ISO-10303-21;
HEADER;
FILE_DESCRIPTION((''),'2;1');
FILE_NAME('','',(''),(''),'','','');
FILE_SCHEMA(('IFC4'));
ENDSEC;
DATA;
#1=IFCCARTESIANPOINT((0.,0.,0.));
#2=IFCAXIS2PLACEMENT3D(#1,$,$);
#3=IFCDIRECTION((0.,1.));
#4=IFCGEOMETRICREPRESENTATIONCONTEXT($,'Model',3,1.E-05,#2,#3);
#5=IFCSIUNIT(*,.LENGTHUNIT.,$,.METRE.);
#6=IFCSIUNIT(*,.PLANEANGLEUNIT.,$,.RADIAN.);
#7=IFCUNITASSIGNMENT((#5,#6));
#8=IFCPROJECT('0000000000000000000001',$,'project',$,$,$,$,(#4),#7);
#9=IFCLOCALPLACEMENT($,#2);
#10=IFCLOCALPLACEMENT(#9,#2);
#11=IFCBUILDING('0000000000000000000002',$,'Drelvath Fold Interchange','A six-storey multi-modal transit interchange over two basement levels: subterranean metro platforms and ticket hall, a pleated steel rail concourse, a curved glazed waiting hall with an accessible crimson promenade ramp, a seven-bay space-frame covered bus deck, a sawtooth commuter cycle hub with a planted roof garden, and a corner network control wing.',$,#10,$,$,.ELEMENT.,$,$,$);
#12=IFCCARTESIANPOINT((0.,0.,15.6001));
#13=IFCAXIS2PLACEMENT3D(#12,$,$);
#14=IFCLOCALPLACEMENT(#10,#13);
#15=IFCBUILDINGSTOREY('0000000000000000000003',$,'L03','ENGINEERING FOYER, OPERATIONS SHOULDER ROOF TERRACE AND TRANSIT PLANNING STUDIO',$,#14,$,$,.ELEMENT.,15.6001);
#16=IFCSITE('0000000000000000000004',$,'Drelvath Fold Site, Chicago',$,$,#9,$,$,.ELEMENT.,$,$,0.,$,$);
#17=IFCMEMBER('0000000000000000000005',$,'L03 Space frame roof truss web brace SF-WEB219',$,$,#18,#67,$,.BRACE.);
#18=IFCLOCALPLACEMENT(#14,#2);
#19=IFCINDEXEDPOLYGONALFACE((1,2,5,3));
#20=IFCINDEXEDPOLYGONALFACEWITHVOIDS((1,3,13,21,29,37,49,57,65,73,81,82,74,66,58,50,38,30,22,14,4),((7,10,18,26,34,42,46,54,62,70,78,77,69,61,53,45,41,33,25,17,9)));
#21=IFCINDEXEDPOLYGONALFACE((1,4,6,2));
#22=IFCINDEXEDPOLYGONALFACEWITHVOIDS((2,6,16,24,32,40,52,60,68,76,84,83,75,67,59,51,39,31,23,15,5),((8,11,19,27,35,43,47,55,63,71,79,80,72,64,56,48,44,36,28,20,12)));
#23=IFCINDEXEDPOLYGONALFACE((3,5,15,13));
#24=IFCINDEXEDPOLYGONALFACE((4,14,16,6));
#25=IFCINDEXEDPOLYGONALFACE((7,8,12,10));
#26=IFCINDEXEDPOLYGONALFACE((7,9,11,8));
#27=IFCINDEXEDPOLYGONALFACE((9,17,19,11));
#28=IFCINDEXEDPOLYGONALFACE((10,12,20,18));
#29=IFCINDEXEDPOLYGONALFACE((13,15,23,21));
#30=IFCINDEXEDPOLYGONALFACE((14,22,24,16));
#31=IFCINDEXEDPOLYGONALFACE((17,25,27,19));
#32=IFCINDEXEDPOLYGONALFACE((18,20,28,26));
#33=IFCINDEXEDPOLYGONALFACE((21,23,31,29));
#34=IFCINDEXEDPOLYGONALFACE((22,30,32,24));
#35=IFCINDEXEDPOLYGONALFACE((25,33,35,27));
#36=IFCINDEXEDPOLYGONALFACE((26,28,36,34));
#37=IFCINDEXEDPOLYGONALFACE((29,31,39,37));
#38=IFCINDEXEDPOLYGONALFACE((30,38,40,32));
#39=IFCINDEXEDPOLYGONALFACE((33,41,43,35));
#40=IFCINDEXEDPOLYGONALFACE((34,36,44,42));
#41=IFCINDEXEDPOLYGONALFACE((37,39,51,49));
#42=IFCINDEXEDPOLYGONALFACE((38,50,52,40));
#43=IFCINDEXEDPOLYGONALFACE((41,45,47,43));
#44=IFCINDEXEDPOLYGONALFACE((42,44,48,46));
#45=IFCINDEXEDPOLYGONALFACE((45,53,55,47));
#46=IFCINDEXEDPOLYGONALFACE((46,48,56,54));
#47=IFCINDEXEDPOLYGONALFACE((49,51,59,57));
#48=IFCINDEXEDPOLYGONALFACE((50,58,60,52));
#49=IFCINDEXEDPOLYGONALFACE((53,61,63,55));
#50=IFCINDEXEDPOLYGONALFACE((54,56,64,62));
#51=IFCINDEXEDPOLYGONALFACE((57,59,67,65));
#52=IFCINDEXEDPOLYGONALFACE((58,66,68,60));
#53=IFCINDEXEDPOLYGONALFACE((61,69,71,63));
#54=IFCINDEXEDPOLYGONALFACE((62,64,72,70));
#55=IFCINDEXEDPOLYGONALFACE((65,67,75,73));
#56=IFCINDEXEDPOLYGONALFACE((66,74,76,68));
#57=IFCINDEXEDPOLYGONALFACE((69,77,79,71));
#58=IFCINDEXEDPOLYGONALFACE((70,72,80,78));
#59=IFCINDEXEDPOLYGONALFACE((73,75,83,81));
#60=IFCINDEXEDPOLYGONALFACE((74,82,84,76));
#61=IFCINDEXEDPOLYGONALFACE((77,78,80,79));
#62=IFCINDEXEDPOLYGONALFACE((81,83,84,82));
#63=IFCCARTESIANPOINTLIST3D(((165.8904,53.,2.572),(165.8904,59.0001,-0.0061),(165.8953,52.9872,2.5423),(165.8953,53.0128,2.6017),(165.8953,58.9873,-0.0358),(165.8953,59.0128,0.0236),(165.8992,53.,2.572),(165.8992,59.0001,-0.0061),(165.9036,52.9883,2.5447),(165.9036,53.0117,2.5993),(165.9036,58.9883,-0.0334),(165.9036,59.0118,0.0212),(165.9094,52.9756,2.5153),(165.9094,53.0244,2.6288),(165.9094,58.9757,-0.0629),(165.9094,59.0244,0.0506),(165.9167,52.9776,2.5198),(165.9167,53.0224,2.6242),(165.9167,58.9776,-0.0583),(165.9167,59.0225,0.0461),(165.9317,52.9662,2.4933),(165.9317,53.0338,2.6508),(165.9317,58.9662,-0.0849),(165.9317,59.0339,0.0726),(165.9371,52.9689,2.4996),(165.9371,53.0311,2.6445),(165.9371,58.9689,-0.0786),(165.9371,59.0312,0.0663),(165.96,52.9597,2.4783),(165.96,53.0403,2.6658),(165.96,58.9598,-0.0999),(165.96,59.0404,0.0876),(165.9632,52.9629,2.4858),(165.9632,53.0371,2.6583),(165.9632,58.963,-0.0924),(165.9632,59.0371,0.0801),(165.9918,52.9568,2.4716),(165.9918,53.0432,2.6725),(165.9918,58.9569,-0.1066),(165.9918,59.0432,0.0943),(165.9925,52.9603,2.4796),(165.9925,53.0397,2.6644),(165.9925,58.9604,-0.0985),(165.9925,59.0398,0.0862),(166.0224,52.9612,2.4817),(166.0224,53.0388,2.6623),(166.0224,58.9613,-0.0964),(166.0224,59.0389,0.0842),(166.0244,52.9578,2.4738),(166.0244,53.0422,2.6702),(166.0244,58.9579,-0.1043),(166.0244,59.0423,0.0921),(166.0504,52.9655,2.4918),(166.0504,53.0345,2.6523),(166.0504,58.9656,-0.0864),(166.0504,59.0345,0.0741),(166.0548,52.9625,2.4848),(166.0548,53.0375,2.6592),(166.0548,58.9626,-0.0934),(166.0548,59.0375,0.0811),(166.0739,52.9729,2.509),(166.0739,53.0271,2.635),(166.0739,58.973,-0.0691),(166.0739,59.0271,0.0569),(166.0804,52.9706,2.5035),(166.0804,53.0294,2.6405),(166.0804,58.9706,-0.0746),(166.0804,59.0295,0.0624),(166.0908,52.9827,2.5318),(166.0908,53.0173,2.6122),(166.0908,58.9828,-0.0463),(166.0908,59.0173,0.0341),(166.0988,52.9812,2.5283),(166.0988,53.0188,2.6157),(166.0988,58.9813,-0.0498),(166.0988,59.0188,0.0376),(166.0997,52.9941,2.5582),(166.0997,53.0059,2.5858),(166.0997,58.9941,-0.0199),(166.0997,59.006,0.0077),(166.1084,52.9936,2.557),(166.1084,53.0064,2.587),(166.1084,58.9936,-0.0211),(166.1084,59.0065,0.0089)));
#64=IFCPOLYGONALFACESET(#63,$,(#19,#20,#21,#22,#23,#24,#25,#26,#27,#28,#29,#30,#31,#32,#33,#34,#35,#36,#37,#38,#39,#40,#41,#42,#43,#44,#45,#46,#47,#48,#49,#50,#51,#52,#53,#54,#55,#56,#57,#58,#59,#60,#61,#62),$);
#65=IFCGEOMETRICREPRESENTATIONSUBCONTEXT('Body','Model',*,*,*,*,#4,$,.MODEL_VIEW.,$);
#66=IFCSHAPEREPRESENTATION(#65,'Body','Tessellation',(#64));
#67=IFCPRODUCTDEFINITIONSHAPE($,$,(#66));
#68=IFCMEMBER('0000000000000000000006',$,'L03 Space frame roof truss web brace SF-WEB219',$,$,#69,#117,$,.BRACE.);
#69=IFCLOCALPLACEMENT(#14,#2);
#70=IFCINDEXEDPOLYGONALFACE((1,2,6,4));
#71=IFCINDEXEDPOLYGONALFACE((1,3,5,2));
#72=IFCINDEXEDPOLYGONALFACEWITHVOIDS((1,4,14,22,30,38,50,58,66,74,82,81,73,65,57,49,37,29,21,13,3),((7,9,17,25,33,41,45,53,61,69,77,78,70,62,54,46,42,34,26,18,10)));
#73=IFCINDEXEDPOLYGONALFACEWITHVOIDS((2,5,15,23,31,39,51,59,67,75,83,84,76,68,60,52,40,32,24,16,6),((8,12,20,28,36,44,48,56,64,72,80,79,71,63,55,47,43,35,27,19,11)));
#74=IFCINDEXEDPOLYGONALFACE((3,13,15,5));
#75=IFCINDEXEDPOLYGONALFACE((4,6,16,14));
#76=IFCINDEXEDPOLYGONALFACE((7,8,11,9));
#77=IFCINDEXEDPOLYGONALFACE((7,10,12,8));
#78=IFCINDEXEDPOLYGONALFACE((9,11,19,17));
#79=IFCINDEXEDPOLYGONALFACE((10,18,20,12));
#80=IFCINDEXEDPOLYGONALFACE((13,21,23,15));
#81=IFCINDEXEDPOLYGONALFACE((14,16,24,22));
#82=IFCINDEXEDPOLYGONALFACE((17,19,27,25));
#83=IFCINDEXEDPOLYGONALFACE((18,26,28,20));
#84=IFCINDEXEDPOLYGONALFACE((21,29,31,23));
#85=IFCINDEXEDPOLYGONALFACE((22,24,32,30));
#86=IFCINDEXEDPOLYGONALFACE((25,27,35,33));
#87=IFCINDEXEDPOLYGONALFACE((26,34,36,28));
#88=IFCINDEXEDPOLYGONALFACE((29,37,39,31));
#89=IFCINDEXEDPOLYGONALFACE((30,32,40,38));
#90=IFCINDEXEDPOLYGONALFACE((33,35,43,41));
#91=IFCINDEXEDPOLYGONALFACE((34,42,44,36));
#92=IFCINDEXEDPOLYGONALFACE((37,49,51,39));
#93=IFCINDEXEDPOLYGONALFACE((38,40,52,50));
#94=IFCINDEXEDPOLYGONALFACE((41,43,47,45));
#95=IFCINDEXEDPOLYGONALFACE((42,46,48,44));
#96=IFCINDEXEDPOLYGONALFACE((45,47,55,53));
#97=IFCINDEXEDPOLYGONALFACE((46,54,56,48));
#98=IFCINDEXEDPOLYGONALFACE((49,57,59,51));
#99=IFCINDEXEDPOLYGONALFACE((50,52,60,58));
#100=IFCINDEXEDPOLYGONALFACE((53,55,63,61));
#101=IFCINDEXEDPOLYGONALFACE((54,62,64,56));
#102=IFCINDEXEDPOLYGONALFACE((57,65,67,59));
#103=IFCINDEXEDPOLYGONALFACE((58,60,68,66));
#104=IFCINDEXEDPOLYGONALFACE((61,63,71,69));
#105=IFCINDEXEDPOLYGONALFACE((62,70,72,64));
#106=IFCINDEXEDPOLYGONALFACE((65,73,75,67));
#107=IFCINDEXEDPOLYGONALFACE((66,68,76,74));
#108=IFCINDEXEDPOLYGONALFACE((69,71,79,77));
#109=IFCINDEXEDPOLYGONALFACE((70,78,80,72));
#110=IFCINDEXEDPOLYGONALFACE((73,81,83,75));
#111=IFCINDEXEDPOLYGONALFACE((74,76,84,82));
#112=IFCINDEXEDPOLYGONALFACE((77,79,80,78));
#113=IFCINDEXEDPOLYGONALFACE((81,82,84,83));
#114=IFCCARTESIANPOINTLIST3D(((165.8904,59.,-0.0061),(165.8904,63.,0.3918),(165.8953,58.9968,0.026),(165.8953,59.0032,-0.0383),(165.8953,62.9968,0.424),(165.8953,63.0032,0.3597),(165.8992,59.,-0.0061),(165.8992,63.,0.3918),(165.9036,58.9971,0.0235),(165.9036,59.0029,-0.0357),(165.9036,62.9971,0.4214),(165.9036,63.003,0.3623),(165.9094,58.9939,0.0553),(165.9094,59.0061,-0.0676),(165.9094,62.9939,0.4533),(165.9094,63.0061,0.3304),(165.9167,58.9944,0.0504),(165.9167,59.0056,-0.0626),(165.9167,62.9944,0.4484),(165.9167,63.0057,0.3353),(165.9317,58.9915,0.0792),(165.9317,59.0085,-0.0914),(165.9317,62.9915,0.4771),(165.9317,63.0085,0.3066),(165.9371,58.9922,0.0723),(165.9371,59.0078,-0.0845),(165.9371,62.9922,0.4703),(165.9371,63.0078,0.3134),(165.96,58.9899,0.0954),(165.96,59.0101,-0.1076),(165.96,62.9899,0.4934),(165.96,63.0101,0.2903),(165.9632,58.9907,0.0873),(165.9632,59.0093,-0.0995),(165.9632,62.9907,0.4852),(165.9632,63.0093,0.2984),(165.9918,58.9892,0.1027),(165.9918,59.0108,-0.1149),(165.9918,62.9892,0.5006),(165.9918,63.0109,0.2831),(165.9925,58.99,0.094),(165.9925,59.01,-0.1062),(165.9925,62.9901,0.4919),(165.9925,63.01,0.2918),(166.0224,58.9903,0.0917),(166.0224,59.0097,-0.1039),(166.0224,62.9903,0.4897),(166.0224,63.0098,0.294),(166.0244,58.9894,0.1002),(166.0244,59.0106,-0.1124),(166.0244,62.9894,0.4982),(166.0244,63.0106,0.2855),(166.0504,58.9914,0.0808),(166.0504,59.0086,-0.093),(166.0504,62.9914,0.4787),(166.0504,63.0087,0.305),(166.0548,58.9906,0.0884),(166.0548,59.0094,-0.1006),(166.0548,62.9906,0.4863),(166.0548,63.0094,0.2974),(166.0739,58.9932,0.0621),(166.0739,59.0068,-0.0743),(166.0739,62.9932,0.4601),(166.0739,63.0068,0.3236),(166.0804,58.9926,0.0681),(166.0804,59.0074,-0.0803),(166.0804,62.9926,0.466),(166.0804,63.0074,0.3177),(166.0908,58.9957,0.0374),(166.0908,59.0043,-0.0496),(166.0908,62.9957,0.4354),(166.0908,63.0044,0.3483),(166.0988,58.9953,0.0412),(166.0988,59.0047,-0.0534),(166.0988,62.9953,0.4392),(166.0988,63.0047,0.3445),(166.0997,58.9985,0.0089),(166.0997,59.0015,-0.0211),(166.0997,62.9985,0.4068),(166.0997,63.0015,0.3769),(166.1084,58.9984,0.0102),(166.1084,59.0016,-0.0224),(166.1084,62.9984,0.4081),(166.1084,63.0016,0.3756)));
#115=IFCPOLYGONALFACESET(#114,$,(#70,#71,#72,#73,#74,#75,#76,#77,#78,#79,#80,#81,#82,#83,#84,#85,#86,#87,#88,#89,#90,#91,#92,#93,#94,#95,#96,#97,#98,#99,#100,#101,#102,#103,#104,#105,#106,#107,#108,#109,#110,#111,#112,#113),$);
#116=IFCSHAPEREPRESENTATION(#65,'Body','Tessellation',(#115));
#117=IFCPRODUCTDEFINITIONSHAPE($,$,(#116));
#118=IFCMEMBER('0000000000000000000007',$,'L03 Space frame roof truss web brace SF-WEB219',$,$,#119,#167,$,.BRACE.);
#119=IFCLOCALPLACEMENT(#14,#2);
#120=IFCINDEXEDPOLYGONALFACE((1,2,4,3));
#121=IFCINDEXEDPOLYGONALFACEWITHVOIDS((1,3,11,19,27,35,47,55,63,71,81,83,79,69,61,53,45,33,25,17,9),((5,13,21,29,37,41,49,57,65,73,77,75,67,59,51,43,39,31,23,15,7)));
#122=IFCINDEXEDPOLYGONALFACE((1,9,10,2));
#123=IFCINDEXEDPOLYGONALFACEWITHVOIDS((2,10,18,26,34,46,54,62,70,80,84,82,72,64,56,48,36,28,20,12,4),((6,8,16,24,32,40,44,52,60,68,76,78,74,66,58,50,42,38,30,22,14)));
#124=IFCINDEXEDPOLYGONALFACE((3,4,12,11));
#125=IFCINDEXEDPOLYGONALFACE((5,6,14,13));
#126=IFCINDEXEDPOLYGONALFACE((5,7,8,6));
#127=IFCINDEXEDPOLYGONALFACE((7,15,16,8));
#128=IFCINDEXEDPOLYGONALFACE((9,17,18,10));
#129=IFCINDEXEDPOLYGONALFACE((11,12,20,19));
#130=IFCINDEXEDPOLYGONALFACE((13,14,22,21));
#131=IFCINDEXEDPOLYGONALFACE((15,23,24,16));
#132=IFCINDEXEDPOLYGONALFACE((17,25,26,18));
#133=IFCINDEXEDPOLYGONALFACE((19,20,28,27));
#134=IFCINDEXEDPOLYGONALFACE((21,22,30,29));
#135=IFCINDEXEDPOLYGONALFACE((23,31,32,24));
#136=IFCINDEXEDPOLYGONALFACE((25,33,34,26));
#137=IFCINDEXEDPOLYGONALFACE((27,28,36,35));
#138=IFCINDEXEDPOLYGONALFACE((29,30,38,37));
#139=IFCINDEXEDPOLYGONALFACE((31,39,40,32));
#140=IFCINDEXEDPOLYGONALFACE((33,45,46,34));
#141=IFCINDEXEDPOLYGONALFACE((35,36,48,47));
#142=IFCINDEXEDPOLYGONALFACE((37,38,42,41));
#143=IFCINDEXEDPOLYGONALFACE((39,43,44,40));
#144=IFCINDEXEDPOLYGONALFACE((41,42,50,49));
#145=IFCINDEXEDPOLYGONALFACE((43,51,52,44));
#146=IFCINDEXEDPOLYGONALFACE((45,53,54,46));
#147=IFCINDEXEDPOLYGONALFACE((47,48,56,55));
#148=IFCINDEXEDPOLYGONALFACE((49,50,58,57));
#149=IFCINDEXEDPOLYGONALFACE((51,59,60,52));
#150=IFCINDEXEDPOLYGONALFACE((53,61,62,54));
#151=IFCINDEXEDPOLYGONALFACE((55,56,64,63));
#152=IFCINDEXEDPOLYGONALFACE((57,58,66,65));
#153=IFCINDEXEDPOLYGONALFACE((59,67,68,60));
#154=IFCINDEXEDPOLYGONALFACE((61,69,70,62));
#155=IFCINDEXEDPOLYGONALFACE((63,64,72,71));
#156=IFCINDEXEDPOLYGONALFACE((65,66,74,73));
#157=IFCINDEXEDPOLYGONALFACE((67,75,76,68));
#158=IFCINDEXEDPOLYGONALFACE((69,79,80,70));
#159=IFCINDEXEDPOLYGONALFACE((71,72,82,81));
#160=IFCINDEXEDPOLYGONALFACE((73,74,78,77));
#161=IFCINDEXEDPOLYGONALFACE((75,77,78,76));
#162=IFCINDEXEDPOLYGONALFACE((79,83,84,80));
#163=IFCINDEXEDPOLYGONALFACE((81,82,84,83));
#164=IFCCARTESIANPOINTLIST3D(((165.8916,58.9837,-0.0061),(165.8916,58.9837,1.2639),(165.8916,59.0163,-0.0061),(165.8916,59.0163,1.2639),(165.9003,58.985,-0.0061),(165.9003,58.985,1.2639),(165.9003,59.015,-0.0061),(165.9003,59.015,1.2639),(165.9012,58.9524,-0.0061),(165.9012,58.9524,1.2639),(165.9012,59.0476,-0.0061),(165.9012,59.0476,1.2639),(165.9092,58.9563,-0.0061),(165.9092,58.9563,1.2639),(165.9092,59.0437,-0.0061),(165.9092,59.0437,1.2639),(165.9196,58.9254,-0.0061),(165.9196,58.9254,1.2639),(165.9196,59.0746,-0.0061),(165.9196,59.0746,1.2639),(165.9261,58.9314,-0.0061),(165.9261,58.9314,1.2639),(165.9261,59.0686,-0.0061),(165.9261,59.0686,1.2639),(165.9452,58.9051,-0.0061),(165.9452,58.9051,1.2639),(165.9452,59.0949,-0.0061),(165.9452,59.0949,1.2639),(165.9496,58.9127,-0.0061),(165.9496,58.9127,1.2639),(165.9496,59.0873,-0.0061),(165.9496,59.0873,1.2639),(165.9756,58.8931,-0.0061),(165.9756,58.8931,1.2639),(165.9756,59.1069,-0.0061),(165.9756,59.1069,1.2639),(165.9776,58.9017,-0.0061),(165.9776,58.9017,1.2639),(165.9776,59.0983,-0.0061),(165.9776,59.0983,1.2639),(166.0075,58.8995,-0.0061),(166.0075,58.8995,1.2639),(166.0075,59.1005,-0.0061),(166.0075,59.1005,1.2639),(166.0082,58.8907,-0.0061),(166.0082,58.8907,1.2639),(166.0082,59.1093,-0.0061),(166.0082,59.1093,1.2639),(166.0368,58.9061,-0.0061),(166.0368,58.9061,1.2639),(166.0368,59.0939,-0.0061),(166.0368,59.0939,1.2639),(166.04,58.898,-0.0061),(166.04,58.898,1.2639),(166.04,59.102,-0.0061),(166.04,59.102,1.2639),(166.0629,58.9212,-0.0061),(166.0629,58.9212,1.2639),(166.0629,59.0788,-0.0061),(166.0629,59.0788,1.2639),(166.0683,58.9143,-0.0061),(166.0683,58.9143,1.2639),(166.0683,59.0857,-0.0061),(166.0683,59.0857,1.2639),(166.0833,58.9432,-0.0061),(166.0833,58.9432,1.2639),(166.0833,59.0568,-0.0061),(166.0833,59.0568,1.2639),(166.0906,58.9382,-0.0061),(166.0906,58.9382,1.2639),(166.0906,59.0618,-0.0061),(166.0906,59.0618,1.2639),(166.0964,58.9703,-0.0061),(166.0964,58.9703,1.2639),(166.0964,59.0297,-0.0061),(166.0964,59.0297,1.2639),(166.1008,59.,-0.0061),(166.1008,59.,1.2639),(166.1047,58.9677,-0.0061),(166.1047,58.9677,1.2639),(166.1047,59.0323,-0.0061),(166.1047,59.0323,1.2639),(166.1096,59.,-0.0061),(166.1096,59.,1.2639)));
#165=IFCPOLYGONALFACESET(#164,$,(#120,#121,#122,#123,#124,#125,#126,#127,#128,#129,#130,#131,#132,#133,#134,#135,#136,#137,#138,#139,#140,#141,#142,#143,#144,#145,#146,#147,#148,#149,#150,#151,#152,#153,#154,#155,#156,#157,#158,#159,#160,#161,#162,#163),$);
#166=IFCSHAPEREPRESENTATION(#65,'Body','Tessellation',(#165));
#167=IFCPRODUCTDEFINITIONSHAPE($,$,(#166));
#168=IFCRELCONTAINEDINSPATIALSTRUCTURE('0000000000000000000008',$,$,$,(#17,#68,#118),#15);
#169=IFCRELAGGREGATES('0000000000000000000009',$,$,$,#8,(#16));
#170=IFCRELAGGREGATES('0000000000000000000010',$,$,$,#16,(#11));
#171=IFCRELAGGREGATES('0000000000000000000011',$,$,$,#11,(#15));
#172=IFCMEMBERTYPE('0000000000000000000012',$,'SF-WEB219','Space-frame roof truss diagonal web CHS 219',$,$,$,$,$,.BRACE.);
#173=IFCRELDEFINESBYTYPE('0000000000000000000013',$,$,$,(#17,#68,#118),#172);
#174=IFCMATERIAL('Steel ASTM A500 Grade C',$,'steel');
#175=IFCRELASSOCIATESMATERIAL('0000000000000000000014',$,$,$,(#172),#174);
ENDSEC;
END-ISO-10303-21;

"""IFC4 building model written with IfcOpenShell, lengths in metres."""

from ifc_helpers import new_model, si_unit, direction, frame, origin, origin_2d, place, context, subcontext, project, spatial, hollow_circle, extrude, material, material_profile, profile_set, type_object, element, save


model = new_model("IFC4")

# Units and contexts
model_context = context("Model", 3, precision=1e-05, world=origin(), true_north=direction((0.0, 1.0)))
body_context = subcontext(model_context, "Body", "Model", "MODEL_VIEW")
ifc_project = project(units=[si_unit("LENGTHUNIT", "METRE"), si_unit("PLANEANGLEUNIT", "RADIAN")], contexts=[model_context])

# Site, building, storey
site_placement = place(None, origin())
site = spatial("IfcSite", under=ifc_project, at=site_placement, Name="Drelvath Fold Site, Chicago", CompositionType="ELEMENT", RefElevation=0.0)
building_placement = place(site_placement, origin())
building = spatial("IfcBuilding", under=site, at=building_placement, Name="Drelvath Fold Interchange", Description="A six-storey multi-modal transit interchange over two basement levels: subterranean metro platforms and ticket hall, a pleated steel rail concourse, a curved glazed waiting hall with an accessible crimson promenade ramp, a seven-bay space-frame covered bus deck, a sawtooth commuter cycle hub with a planted roof garden, and a corner network control wing.", CompositionType="ELEMENT")
storey_placement = place(building_placement, frame((0.0, 0.0, 15.6001)))
storey = spatial("IfcBuildingStorey", under=building, at=storey_placement, Name="L03", Description="ENGINEERING FOYER, OPERATIONS SHOULDER ROOF TERRACE AND TRANSIT PLANNING STUDIO", CompositionType="ELEMENT", Elevation=15.6001)

# Shared definitions
ifc_material_1 = material(Name="Steel ASTM A500 Grade C", Category="steel")

# Members
ifc_material_profile_1 = material_profile(ifc_material_1, hollow_circle(Radius=0.1096, WallThickness=0.0088, at=origin_2d()), Name="HSS8.625X0.375")
ifc_profile_set_1 = profile_set([ifc_material_profile_1], Name="Steel ASTM A500 Grade C")
member_type_1 = type_object("IfcMemberType", Name="SF-WEB219", Description="Space-frame roof truss diagonal web CHS 219", PredefinedType="BRACE", material=ifc_profile_set_1)
member_1_placement = place(storey_placement, frame((166.0, 53.0, 2.572), z_axis=(0.0, 0.918773, -0.394785), x_axis=(-1.0, 0.0, 0.0)))
element("IfcMember", 1, at=member_1_placement, inside=storey, type_object=member_type_1, Name="L03 Space frame roof truss web brace SF-WEB219", PredefinedType="BRACE", context=body_context, shape_type="SweptSolid", body=[
    extrude(hollow_circle(Radius=0.1096, WallThickness=0.0088, at=origin_2d()), origin(), (0.0, 0.0, 1.0), 6.5305),
])
member_2_placement = place(storey_placement, frame((166.0, 59.0, -0.0061), z_axis=(0.0, 0.995088, 0.098999), x_axis=(-1.0, 0.0, 0.0)))
element("IfcMember", 2, at=member_2_placement, inside=storey, type_object=member_type_1, Name="L03 Space frame roof truss web brace SF-WEB219", PredefinedType="BRACE", context=body_context, shape_type="SweptSolid", body=[
    extrude(hollow_circle(Radius=0.1096, WallThickness=0.0088, at=origin_2d()), origin(), (0.0, 0.0, 1.0), 4.0198),
])
member_3_placement = place(storey_placement, frame((166.0, 59.0, -0.0061), z_axis=(0.0, 0.0, 1.0), x_axis=(1.0, 0.0, 0.0)))
element("IfcMember", 3, at=member_3_placement, inside=storey, type_object=member_type_1, Name="L03 Space frame roof truss web brace SF-WEB219", PredefinedType="BRACE", context=body_context, shape_type="SweptSolid", body=[
    extrude(hollow_circle(Radius=0.1096, WallThickness=0.0088, at=origin_2d()), origin(), (0.0, 0.0, 1.0), 1.27),
])

save(model, "model.ifc")
